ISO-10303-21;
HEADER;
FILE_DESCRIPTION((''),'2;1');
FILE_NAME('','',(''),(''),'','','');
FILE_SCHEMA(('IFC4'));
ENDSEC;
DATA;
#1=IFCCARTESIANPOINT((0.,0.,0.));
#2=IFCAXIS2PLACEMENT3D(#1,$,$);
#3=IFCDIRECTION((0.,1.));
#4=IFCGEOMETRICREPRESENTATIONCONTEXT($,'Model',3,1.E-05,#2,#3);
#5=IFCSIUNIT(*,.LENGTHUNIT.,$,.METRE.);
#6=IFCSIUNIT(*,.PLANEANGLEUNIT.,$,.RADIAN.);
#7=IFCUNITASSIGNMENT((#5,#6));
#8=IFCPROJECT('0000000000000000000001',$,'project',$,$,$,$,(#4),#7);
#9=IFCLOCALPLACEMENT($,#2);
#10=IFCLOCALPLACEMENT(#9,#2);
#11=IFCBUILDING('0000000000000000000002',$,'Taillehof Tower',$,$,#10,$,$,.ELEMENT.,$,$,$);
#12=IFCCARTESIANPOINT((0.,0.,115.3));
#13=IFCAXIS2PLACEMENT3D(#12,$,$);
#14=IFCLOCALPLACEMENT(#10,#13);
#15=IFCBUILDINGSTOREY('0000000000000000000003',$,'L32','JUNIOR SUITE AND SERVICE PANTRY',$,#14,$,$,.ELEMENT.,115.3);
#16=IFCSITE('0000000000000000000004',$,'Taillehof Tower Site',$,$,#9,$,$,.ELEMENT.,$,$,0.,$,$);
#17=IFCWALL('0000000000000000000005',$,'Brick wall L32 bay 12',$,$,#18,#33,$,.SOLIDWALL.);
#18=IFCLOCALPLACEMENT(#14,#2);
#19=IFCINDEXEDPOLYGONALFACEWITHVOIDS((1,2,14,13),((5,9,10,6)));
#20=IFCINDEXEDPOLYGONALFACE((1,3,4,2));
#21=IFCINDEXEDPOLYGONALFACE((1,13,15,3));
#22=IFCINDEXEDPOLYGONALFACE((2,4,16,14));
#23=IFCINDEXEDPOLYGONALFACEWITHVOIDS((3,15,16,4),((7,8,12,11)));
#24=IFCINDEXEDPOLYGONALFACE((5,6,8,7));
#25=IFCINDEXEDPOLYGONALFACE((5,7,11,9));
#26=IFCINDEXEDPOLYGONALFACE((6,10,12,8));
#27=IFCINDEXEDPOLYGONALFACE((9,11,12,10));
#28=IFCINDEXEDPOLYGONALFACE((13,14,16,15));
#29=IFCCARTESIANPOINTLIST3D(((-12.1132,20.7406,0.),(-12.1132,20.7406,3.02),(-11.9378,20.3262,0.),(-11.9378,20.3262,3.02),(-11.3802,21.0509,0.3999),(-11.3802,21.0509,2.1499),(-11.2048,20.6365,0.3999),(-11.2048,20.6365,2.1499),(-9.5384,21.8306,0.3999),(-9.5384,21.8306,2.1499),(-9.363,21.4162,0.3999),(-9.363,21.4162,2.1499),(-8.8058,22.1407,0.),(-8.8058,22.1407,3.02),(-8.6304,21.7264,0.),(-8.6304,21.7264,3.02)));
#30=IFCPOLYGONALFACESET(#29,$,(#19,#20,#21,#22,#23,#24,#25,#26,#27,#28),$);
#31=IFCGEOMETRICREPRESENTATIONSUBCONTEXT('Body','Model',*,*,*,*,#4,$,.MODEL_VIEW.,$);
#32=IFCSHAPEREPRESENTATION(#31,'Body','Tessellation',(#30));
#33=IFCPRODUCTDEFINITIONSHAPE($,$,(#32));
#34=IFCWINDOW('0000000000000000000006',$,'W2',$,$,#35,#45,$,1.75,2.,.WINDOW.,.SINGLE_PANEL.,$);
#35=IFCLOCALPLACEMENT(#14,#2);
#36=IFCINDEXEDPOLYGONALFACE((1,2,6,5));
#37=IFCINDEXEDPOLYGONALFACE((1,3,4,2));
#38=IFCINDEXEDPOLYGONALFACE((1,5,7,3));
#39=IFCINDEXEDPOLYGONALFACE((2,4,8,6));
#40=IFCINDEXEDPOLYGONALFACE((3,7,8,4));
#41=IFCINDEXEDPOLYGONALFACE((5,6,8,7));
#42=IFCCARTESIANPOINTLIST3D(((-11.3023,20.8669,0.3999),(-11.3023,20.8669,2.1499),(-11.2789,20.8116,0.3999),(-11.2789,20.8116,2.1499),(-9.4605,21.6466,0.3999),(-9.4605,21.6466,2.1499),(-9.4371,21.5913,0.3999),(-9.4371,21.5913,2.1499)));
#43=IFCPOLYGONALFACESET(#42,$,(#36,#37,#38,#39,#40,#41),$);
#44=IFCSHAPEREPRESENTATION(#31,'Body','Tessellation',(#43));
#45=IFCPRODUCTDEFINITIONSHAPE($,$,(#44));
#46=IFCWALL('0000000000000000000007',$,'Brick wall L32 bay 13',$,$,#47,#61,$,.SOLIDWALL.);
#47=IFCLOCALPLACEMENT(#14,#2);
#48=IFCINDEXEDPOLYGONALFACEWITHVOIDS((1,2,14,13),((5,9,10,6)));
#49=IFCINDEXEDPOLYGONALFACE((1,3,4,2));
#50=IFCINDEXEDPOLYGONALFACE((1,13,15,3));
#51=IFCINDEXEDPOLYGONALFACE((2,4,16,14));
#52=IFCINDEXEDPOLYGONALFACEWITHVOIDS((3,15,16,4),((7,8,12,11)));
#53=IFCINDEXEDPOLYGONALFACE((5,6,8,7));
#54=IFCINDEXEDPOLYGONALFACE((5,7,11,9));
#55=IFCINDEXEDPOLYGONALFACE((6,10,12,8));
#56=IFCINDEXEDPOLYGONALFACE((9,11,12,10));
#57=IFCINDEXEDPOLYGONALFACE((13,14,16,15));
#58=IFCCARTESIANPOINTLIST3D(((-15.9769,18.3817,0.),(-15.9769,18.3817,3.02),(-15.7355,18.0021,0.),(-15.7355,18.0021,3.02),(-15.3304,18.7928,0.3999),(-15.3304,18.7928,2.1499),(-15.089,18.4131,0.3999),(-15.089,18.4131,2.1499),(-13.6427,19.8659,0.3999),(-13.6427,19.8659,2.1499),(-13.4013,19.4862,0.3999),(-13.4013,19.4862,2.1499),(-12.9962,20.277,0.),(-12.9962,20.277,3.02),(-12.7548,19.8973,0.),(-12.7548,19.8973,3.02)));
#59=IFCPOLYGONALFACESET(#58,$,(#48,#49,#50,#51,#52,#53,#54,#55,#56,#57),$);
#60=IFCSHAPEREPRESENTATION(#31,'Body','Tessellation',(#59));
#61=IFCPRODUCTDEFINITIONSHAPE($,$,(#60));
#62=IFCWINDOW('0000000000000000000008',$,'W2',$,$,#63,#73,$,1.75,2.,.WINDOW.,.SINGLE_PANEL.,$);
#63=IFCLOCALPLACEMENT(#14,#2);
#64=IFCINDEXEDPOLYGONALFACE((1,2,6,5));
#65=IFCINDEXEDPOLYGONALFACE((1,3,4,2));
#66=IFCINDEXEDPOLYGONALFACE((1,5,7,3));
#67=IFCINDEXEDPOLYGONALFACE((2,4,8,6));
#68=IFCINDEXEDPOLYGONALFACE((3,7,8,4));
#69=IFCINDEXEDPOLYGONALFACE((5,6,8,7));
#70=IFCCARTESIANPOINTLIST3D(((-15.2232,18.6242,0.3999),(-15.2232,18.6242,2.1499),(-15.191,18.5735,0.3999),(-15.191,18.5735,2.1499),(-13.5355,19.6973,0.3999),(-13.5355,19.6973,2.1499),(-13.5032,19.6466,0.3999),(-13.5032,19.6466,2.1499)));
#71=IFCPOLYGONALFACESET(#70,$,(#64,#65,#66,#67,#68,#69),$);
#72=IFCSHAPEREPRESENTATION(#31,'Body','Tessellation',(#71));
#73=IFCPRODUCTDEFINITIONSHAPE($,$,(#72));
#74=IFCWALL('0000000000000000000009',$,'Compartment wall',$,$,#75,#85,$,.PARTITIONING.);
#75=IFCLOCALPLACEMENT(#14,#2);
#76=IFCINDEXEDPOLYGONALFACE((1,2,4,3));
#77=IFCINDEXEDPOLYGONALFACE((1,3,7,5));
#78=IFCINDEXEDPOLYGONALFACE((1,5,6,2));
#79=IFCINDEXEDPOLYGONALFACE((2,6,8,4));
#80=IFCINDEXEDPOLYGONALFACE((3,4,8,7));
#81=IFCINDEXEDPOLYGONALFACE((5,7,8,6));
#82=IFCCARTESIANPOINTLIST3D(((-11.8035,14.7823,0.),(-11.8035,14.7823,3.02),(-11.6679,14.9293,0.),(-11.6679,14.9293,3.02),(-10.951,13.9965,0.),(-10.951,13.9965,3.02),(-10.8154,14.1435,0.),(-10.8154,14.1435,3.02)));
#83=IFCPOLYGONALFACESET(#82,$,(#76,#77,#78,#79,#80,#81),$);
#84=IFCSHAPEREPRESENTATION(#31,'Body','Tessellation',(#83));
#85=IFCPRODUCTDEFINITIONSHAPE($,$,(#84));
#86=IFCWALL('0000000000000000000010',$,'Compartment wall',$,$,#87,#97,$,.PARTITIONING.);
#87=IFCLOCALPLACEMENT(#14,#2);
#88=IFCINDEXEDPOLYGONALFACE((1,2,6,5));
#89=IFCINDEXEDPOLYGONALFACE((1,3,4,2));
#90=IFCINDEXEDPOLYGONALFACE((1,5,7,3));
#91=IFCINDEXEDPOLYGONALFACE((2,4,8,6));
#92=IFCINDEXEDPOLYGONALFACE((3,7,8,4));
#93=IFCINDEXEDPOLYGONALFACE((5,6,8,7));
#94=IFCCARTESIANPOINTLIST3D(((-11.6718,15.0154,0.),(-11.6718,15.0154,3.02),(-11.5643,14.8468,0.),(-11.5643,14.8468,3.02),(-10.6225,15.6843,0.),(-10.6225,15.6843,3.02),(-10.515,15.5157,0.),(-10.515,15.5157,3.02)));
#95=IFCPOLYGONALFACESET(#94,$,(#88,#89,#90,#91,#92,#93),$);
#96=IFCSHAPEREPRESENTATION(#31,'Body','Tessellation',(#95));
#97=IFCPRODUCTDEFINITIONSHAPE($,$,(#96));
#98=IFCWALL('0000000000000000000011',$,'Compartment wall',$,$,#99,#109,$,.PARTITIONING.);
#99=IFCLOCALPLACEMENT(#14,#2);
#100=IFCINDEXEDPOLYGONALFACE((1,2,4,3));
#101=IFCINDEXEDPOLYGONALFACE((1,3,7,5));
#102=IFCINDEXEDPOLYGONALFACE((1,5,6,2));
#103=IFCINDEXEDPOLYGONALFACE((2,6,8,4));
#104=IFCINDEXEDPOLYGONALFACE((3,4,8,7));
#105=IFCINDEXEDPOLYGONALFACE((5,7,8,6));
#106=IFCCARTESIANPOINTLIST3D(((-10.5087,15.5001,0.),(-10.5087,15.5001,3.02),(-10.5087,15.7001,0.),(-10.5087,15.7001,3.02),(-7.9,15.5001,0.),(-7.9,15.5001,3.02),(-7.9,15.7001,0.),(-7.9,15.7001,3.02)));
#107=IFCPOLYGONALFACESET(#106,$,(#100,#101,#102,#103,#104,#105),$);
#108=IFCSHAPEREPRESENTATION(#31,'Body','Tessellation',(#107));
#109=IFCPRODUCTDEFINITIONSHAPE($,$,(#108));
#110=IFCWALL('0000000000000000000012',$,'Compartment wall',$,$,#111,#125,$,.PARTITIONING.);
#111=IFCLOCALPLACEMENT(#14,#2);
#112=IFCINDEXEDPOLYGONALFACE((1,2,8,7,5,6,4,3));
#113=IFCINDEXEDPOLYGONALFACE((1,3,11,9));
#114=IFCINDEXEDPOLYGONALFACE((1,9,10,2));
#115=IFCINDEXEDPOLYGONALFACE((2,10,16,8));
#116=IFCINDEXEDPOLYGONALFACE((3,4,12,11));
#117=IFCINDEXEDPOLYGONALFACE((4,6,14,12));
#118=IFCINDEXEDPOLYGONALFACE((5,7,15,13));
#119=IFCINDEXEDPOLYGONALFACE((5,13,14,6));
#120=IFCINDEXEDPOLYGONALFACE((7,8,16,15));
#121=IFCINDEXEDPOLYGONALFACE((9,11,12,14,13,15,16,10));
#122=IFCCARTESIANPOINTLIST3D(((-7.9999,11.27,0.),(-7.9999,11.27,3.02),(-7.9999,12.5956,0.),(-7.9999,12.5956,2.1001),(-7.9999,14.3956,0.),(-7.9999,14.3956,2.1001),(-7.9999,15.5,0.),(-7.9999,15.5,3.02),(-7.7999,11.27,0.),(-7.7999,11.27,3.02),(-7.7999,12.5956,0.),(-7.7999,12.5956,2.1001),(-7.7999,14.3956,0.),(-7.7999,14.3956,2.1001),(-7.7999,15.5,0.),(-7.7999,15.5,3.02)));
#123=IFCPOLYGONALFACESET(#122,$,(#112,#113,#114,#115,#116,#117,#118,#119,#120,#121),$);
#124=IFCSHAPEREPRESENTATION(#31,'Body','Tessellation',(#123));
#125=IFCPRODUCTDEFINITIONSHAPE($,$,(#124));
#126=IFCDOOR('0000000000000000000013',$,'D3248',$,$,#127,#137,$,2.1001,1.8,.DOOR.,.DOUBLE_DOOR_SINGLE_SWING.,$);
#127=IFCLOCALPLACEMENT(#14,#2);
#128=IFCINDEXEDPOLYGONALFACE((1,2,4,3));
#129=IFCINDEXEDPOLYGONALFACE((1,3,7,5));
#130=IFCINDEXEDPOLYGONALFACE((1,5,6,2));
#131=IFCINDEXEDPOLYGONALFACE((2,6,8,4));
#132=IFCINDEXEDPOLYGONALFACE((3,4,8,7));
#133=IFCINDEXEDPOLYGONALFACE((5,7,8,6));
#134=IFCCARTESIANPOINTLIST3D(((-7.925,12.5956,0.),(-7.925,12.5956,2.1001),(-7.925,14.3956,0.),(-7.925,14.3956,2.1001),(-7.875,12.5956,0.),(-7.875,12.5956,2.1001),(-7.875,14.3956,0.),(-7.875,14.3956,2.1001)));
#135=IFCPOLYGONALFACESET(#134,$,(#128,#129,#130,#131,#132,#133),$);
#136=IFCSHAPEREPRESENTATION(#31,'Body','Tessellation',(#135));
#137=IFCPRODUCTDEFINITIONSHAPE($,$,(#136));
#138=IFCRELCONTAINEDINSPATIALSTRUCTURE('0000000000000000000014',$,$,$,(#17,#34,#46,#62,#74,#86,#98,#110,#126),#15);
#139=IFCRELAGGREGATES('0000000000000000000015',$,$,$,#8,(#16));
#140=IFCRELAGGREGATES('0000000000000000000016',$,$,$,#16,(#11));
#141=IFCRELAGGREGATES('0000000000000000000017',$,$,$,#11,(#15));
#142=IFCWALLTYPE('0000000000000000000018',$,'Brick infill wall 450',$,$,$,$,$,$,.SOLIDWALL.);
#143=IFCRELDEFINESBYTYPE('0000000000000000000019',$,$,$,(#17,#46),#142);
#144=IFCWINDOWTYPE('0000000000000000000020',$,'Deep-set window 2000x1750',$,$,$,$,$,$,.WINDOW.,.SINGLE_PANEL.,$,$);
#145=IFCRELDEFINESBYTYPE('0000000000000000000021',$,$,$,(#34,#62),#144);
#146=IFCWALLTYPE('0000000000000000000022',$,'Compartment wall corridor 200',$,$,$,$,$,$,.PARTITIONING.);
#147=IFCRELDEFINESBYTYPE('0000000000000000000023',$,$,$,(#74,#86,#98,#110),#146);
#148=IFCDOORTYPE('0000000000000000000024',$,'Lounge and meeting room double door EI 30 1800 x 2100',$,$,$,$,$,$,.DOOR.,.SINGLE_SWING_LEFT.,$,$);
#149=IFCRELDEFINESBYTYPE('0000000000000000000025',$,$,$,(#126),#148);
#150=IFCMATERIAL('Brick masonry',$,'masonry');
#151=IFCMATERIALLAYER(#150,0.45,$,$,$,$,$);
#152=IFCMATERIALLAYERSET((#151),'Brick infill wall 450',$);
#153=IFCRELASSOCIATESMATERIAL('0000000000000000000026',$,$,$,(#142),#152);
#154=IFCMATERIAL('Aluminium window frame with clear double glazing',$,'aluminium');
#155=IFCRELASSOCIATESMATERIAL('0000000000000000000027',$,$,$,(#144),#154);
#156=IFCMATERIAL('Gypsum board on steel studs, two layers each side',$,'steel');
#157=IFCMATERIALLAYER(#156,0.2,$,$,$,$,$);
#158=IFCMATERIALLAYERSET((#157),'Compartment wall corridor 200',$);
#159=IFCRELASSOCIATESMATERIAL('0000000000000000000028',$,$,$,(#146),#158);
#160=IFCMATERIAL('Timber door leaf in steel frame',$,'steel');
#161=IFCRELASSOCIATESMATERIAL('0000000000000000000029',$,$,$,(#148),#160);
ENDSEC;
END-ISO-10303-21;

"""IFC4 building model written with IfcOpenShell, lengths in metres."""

from ifc_helpers import new_model, si_unit, direction, frame, frame_2d, origin, place, context, subcontext, project, spatial, rectangle, extrude, material, layer, layer_set, type_object, element, fill, save


model = new_model("IFC4")

# Units and contexts
model_context = context("Model", 3, precision=1e-05, world=origin(), true_north=direction((0.0, 1.0)))
body_context = subcontext(model_context, "Body", "Model", "MODEL_VIEW")
ifc_project = project(units=[si_unit("LENGTHUNIT", "METRE"), si_unit("PLANEANGLEUNIT", "RADIAN")], contexts=[model_context])

# Site, building, storey
site_placement = place(None, origin())
site = spatial("IfcSite", under=ifc_project, at=site_placement, Name="Taillehof Tower Site", CompositionType="ELEMENT", RefElevation=0.0)
building_placement = place(site_placement, origin())
building = spatial("IfcBuilding", under=site, at=building_placement, Name="Taillehof Tower", CompositionType="ELEMENT")
storey_placement = place(building_placement, frame((0.0, 0.0, 115.3)))
storey = spatial("IfcBuildingStorey", under=building, at=storey_placement, Name="L32", Description="JUNIOR SUITE AND SERVICE PANTRY", CompositionType="ELEMENT", Elevation=115.3)

# Walls, openings, windows
ifc_material_1 = material(Name="Brick masonry", Category="masonry")
ifc_layer_1 = layer(ifc_material_1, 0.45)
ifc_layer_set_1 = layer_set([ifc_layer_1], Name="Brick infill wall 450")
wall_type_1 = type_object("IfcWallType", Name="Brick infill wall 450", PredefinedType="SOLIDWALL", material=ifc_layer_set_1)
ifc_material_2 = material(Name="Aluminium window frame with clear double glazing", Category="aluminium")
window_type = type_object("IfcWindowType", Name="Deep-set window 2000x1750", PartitioningType="SINGLE_PANEL", PredefinedType="WINDOW", material=ifc_material_2)
wall_1_placement = place(storey_placement, frame((-8.718, 21.9336, 0.0), z_axis=(0.0, 0.0, 1.0), x_axis=(-0.92088, -0.389846, 0.0)))
wall_1 = element("IfcWall", 1, at=wall_1_placement, inside=storey, type_object=wall_type_1, Name="Brick wall L32 bay 12", PredefinedType="SOLIDWALL", context=body_context, shape_type="SweptSolid", body=[
    extrude(rectangle(XDim=3.5916, YDim=0.45, at=frame_2d((1.7959, 0.0))), origin(), (0.0, 0.0, 1.0), 3.02),
])
opening_1_placement = place(wall_1_placement, frame((0.7957, 0.0, 0.3999)))
opening_1 = element("IfcOpeningElement", 2, at=opening_1_placement, cuts=wall_1, PredefinedType="OPENING", context=body_context, shape_type="SweptSolid", body=[
    extrude(rectangle(XDim=2.0, YDim=1.75, at=frame_2d((1.0, 0.875))), frame((0.0, 0.2349, 0.0), z_axis=(0.0, -1.0, 0.0), x_axis=(1.0, 0.0, 0.0)), (0.0, 0.0, 1.0), 0.47),
])
window_1_placement = place(opening_1_placement, origin())
window_1 = element("IfcWindow", 3, at=window_1_placement, inside=storey, type_object=window_type, Name="W2", OverallHeight=1.75, OverallWidth=2.0, PartitioningType="SINGLE_PANEL", PredefinedType="WINDOW", context=body_context, shape_type="SweptSolid", body=[
    extrude(rectangle(XDim=2.0, YDim=1.75, at=frame_2d((1.0, 0.875))), frame((0.0, 0.0349, 0.0), z_axis=(0.0, -1.0, 0.0), x_axis=(1.0, 0.0, 0.0)), (0.0, 0.0, 1.0), 0.0601),
])
fill(opening_1, window_1)
wall_2_placement = place(storey_placement, frame((-12.8755, 20.0872, 0.0), z_axis=(0.0, 0.0, 1.0), x_axis=(-0.843861, -0.536562, 0.0)))
wall_2 = element("IfcWall", 4, at=wall_2_placement, inside=storey, type_object=wall_type_1, Name="Brick wall L32 bay 13", PredefinedType="SOLIDWALL", context=body_context, shape_type="SweptSolid", body=[
    extrude(rectangle(XDim=3.5322, YDim=0.45, at=frame_2d((1.7661, 0.0))), origin(), (0.0, 0.0, 1.0), 3.02),
])
opening_2_placement = place(wall_2_placement, frame((0.7661, 0.0, 0.3999)))
opening_2 = element("IfcOpeningElement", 5, at=opening_2_placement, cuts=wall_2, PredefinedType="OPENING", context=body_context, shape_type="SweptSolid", body=[
    extrude(rectangle(XDim=2.0, YDim=1.75, at=frame_2d((1.0, 0.875))), frame((0.0, 0.2349, 0.0), z_axis=(0.0, -1.0, 0.0), x_axis=(1.0, 0.0, 0.0)), (0.0, 0.0, 1.0), 0.47),
])
window_2_placement = place(opening_2_placement, origin())
window_2 = element("IfcWindow", 6, at=window_2_placement, inside=storey, type_object=window_type, Name="W2", OverallHeight=1.75, OverallWidth=2.0, PartitioningType="SINGLE_PANEL", PredefinedType="WINDOW", context=body_context, shape_type="SweptSolid", body=[
    extrude(rectangle(XDim=2.0, YDim=1.75, at=frame_2d((1.0, 0.875))), frame((0.0, 0.0349, 0.0), z_axis=(0.0, -1.0, 0.0), x_axis=(1.0, 0.0, 0.0)), (0.0, 0.0, 1.0), 0.0601),
])
fill(opening_2, window_2)

# Walls
ifc_material_3 = material(Name="Gypsum board on steel studs, two layers each side", Category="steel")
ifc_layer_2 = layer(ifc_material_3, 0.2)
ifc_layer_set_2 = layer_set([ifc_layer_2], Name="Compartment wall corridor 200")
wall_type_2 = type_object("IfcWallType", Name="Compartment wall corridor 200", PredefinedType="PARTITIONING", material=ifc_layer_set_2)
wall_3_placement = place(storey_placement, frame((-10.8833, 14.0701, 0.0), z_axis=(0.0, 0.0, 1.0), x_axis=(-0.735263, 0.677781, 0.0)))
element("IfcWall", 7, at=wall_3_placement, inside=storey, type_object=wall_type_2, Name="Compartment wall", PredefinedType="PARTITIONING", context=body_context, shape_type="SweptSolid", body=[
    extrude(rectangle(XDim=1.1594, YDim=0.2, at=frame_2d((0.5796, 0.0))), origin(), (0.0, 0.0, 1.0), 3.02),
])
wall_4_placement = place(storey_placement, frame((-11.6179, 14.9312, 0.0), z_axis=(0.0, 0.0, 1.0), x_axis=(0.843225, 0.537561, 0.0)))
element("IfcWall", 8, at=wall_4_placement, inside=storey, type_object=wall_type_2, Name="Compartment wall", PredefinedType="PARTITIONING", context=body_context, shape_type="SweptSolid", body=[
    extrude(rectangle(XDim=1.2444, YDim=0.2, at=frame_2d((0.6221, 0.0))), origin(), (0.0, 0.0, 1.0), 3.02),
])
wall_5_placement = place(storey_placement, frame((-10.5085, 15.6001, 0.0), z_axis=(0.0, 0.0, 1.0), x_axis=(1.0, 0.0, 0.0)))
element("IfcWall", 9, at=wall_5_placement, inside=storey, type_object=wall_type_2, Name="Compartment wall", PredefinedType="PARTITIONING", context=body_context, shape_type="SweptSolid", body=[
    extrude(rectangle(XDim=2.6086, YDim=0.2, at=frame_2d((1.3042, 0.0))), origin(), (0.0, 0.0, 1.0), 3.02),
])

# Wall, opening, door
wall_6_placement = place(storey_placement, frame((-7.8999, 15.5, 0.0), z_axis=(0.0, 0.0, 1.0), x_axis=(0.0, -1.0, 0.0)))
wall_6 = element("IfcWall", 10, at=wall_6_placement, inside=storey, type_object=wall_type_2, Name="Compartment wall", PredefinedType="PARTITIONING", context=body_context, shape_type="SweptSolid", body=[
    extrude(rectangle(XDim=4.23, YDim=0.2, at=frame_2d((2.115, 0.0))), origin(), (0.0, 0.0, 1.0), 3.02),
])
opening_3_placement = place(wall_6_placement, frame((1.1045, 0.0, 0.0)))
opening_3 = element("IfcOpeningElement", 11, at=opening_3_placement, cuts=wall_6, PredefinedType="OPENING", context=body_context, shape_type="SweptSolid", body=[
    extrude(rectangle(XDim=1.8, YDim=2.1001, at=frame_2d((0.8999, 1.05))), frame((0.0, 0.1099, 0.0), z_axis=(0.0, -1.0, 0.0), x_axis=(1.0, 0.0, 0.0)), (0.0, 0.0, 1.0), 0.22),
])
ifc_material_4 = material(Name="Timber door leaf in steel frame", Category="steel")
door_type_1 = type_object("IfcDoorType", Name="Lounge and meeting room double door EI 30 1800 x 2100", OperationType="SINGLE_SWING_LEFT", PredefinedType="DOOR", material=ifc_material_4)
door_1_placement = place(opening_3_placement, origin())
door_1 = element("IfcDoor", 12, at=door_1_placement, inside=storey, type_object=door_type_1, Name="D3248", OperationType="DOUBLE_DOOR_SINGLE_SWING", OverallHeight=2.1001, OverallWidth=1.8, PredefinedType="DOOR", context=body_context, shape_type="SweptSolid", body=[
    extrude(rectangle(XDim=1.8, YDim=2.1001, at=frame_2d((0.8999, 1.05))), frame((0.0, 0.0249, 0.0), z_axis=(0.0, -1.0, 0.0), x_axis=(1.0, 0.0, 0.0)), (0.0, 0.0, 1.0), 0.05),
])
fill(opening_3, door_1)

save(model, "model.ifc")
